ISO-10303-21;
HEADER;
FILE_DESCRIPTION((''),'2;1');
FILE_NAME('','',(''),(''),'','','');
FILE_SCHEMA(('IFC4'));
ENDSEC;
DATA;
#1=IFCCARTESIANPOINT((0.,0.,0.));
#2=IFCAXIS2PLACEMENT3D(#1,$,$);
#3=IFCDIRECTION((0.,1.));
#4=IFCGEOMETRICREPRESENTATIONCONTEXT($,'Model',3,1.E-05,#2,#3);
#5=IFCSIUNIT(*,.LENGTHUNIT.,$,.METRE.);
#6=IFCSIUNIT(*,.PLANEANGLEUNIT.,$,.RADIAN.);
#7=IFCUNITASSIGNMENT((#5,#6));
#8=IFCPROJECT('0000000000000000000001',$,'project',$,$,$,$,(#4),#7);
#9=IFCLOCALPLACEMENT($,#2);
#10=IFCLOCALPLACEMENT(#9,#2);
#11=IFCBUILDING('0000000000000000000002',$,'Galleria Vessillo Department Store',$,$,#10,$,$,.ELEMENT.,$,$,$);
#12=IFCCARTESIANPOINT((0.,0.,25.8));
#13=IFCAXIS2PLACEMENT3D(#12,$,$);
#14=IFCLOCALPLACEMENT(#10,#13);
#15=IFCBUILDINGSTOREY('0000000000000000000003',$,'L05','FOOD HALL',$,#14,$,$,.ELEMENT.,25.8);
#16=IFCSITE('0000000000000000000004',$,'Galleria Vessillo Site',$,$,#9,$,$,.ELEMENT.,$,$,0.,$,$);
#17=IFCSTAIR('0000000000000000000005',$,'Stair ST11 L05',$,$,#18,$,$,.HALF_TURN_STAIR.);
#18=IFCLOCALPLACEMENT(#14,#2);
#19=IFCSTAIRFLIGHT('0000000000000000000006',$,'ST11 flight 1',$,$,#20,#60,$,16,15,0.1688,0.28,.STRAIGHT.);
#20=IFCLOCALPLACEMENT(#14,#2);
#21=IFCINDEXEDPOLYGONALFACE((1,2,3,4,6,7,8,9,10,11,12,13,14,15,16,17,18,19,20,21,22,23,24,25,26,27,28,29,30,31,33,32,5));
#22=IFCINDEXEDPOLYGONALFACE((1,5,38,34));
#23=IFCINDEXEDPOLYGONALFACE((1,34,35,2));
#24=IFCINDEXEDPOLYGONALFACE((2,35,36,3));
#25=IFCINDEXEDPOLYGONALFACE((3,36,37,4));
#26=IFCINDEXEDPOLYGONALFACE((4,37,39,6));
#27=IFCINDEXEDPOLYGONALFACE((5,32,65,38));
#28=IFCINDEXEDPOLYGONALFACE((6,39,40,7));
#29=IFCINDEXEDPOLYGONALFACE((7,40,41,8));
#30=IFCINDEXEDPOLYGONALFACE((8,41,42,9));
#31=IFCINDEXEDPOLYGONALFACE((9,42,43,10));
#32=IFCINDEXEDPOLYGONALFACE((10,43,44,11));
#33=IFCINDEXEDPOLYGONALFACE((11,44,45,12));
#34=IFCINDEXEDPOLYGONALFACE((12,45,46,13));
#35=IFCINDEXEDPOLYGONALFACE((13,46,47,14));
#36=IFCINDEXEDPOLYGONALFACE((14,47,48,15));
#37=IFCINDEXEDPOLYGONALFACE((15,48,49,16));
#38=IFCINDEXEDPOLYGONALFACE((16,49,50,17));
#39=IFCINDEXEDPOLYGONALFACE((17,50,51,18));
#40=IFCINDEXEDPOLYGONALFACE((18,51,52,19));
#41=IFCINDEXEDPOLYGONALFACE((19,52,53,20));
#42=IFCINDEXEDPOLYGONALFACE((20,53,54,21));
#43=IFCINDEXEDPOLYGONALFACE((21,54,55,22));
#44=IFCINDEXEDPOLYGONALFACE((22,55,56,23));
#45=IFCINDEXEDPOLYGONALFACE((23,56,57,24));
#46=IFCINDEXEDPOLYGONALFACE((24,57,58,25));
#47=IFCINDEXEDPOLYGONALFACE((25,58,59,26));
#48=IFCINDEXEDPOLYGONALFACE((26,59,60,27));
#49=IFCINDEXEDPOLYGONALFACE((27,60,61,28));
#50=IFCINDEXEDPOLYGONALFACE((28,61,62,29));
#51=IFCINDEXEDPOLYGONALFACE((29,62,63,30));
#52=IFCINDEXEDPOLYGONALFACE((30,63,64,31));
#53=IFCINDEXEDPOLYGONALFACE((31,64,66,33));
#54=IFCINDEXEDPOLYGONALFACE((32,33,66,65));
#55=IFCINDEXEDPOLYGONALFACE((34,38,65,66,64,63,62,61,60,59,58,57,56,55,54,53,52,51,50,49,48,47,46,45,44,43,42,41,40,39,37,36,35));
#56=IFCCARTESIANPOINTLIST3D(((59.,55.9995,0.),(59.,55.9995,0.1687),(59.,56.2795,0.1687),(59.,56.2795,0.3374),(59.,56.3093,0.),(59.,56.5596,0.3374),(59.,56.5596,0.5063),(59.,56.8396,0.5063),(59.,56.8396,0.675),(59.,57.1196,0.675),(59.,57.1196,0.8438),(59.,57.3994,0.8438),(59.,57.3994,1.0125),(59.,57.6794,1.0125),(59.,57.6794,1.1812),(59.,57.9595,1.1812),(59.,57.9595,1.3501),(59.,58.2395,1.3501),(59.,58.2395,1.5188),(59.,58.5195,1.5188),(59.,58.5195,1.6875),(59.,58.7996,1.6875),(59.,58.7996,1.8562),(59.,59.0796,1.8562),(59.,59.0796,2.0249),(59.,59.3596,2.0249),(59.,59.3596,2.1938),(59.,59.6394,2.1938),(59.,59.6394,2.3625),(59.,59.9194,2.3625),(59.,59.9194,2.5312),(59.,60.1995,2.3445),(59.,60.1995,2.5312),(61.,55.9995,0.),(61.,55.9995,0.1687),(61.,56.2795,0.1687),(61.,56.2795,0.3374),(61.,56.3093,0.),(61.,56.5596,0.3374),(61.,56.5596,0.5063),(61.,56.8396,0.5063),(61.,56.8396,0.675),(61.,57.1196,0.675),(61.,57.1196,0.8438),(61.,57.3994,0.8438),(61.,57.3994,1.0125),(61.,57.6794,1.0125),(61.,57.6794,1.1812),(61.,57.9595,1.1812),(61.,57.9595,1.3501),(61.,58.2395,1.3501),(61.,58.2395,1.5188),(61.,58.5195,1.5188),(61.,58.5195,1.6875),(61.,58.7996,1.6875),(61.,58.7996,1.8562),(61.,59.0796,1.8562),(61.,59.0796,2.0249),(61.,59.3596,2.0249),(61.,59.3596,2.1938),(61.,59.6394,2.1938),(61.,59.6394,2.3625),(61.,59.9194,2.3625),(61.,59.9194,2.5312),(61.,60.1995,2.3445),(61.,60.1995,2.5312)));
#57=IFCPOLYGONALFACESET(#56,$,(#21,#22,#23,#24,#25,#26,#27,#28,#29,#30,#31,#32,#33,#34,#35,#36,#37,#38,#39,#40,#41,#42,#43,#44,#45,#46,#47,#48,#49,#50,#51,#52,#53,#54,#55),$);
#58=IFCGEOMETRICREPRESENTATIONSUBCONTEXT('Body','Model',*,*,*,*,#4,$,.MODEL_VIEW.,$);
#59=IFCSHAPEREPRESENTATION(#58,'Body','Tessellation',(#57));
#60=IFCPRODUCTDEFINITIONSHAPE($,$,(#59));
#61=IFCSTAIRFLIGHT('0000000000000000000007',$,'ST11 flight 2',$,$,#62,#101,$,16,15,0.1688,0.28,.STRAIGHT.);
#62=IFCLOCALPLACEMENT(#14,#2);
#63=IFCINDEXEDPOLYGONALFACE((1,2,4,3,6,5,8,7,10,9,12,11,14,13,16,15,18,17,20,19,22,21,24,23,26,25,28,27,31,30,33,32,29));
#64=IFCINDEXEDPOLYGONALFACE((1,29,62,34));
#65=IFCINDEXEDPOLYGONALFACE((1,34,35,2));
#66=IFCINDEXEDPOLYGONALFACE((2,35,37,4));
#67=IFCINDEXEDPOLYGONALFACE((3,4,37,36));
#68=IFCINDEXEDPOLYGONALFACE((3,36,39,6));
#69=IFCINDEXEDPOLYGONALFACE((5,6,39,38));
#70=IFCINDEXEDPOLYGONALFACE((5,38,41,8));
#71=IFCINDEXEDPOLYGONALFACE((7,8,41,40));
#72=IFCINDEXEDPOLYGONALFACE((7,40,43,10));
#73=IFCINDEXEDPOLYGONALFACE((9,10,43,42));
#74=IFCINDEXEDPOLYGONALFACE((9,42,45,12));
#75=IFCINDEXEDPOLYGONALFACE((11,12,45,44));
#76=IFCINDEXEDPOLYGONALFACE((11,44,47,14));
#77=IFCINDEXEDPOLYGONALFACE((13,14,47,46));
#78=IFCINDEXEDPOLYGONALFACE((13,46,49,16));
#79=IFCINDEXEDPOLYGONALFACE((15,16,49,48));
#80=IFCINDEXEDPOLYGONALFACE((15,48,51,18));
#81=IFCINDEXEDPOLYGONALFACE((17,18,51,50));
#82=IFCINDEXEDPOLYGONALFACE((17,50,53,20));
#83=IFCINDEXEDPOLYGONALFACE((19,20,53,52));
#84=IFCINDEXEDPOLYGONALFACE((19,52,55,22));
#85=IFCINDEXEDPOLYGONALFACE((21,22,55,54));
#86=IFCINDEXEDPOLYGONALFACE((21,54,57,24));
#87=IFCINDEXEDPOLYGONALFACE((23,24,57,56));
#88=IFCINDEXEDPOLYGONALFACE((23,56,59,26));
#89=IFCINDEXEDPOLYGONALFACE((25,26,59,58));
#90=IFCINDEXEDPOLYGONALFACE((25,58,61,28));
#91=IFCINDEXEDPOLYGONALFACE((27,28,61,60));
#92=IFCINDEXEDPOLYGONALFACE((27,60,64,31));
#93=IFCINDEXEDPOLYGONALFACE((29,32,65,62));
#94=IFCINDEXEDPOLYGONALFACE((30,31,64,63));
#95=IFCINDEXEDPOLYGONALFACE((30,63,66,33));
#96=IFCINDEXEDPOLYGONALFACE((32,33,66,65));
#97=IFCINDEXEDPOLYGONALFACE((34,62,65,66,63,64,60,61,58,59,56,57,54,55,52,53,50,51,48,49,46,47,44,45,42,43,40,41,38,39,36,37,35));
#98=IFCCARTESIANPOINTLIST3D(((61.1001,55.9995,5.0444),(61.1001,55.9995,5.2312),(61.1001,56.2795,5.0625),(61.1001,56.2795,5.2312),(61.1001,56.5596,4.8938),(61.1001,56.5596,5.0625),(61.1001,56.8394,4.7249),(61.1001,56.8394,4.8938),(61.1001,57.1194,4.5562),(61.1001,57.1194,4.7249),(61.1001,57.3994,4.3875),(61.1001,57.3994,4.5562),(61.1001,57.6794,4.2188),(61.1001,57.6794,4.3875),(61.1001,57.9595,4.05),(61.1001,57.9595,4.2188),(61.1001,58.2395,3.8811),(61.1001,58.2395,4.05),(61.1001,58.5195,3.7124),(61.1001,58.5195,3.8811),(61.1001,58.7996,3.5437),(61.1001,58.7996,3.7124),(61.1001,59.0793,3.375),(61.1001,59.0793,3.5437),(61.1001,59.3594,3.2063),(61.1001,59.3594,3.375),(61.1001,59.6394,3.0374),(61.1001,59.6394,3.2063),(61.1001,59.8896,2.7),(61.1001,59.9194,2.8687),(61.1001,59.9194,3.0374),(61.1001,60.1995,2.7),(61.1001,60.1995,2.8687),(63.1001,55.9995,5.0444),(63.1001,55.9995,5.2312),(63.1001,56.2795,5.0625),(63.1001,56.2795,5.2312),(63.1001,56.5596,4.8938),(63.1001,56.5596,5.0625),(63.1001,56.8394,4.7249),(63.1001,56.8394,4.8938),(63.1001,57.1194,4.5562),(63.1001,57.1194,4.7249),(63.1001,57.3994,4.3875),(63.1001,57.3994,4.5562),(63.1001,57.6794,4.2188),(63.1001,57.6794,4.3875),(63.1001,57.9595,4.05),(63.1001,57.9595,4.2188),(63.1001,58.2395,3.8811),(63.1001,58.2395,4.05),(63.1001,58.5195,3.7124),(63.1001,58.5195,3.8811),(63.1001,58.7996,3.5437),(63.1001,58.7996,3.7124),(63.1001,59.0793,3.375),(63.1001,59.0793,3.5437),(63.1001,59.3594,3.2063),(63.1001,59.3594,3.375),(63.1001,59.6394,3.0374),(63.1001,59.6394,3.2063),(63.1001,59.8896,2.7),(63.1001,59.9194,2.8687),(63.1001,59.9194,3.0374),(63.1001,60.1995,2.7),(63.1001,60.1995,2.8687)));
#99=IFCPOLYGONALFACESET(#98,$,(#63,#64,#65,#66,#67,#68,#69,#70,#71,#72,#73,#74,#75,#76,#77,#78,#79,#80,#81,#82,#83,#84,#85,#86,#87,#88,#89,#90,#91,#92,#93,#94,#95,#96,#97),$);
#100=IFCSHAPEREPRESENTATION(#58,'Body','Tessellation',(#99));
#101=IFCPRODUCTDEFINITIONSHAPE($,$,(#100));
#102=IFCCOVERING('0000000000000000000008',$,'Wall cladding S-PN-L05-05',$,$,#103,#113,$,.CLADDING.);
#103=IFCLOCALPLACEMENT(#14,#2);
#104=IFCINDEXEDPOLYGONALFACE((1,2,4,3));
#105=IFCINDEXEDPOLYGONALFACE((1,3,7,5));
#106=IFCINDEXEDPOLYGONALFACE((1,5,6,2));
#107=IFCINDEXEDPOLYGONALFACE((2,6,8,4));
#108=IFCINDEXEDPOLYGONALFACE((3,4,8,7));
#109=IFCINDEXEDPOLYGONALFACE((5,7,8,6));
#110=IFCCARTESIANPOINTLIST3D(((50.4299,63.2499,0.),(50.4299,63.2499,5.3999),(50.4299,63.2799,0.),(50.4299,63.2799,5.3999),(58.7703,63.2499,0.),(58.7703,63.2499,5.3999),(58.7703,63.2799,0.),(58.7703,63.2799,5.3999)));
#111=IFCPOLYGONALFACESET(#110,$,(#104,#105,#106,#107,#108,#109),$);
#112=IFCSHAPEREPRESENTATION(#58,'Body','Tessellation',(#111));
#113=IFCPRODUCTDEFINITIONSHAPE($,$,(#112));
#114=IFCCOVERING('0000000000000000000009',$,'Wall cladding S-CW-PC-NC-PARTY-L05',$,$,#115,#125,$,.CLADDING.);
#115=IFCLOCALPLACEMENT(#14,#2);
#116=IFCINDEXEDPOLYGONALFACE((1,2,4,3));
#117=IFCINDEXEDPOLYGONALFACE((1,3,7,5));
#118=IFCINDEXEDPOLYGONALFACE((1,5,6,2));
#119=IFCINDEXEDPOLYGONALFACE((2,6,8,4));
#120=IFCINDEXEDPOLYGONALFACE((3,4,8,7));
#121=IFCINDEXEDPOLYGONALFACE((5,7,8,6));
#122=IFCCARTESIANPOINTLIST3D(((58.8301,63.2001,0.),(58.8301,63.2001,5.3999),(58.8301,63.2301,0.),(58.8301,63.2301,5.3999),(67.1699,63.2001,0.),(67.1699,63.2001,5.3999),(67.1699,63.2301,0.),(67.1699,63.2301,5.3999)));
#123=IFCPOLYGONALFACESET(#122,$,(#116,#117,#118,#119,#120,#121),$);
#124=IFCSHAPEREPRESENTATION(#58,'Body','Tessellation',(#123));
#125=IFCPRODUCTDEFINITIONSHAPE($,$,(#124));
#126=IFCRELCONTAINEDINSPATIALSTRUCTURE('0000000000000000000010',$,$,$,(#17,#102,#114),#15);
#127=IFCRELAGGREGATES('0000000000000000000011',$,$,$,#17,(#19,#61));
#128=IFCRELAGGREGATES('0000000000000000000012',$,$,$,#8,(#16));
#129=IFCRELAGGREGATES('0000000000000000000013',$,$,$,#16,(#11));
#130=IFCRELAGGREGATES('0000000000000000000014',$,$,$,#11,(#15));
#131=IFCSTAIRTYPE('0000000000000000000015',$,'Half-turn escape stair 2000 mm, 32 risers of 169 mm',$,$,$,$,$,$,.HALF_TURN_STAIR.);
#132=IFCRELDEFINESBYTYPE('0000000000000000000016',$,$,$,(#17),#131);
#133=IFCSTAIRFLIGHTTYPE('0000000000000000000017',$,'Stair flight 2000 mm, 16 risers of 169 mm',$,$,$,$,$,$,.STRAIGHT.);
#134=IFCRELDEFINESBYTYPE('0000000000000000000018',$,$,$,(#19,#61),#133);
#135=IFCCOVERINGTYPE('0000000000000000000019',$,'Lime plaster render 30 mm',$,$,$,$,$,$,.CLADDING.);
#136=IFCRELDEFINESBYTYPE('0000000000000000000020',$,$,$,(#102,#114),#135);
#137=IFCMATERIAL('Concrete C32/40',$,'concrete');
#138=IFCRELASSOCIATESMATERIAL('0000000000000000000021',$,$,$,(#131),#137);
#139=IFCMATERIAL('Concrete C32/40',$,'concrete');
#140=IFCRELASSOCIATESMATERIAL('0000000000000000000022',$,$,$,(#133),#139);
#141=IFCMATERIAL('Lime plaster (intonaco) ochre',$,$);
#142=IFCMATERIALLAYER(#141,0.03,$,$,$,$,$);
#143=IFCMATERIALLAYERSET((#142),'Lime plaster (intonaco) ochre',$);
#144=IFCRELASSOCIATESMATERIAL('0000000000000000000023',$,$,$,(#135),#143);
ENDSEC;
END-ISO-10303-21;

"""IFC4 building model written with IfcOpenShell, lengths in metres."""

from ifc_helpers import new_model, si_unit, direction, frame, origin, origin_2d, place, context, subcontext, project, spatial, polyline, rectangle, outline, extrude, material, layer, layer_set, type_object, element, aggregate, save


model = new_model("IFC4")

# Units and contexts
model_context = context("Model", 3, precision=1e-05, world=origin(), true_north=direction((0.0, 1.0)))
body_context = subcontext(model_context, "Body", "Model", "MODEL_VIEW")
ifc_project = project(units=[si_unit("LENGTHUNIT", "METRE"), si_unit("PLANEANGLEUNIT", "RADIAN")], contexts=[model_context])

# Site, building, storey
site_placement = place(None, origin())
site = spatial("IfcSite", under=ifc_project, at=site_placement, Name="Galleria Vessillo Site", CompositionType="ELEMENT", RefElevation=0.0)
building_placement = place(site_placement, origin())
building = spatial("IfcBuilding", under=site, at=building_placement, Name="Galleria Vessillo Department Store", CompositionType="ELEMENT")
storey_placement = place(building_placement, frame((0.0, 0.0, 25.8)))
storey = spatial("IfcBuildingStorey", under=building, at=storey_placement, Name="L05", Description="FOOD HALL", CompositionType="ELEMENT", Elevation=25.8)

# Stair, stair flights
ifc_material_1 = material(Name="Concrete C32/40", Category="concrete")
stair_type = type_object("IfcStairType", Name="Half-turn escape stair 2000 mm, 32 risers of 169 mm", PredefinedType="HALF_TURN_STAIR", material=ifc_material_1)
stair_placement = place(storey_placement, origin())
stair = element("IfcStair", 1, at=stair_placement, inside=storey, type_object=stair_type, Name="Stair ST11 L05", PredefinedType="HALF_TURN_STAIR")
ifc_material_2 = material(Name="Concrete C32/40", Category="concrete")
stair_flight_type = type_object("IfcStairFlightType", Name="Stair flight 2000 mm, 16 risers of 169 mm", PredefinedType="STRAIGHT", material=ifc_material_2)
stair_flight_1_placement = place(storey_placement, frame((60.0, 55.9995, 0.0), z_axis=(0.0, 0.0, 1.0), x_axis=(0.0, 1.0, 0.0)))
stair_flight_1 = element("IfcStairFlight", 2, at=stair_flight_1_placement, type_object=stair_flight_type, Name="ST11 flight 1", NumberOfRisers=16, NumberOfTreads=15, PredefinedType="STRAIGHT", RiserHeight=0.1688, TreadLength=0.28, context=body_context, shape_type="SweptSolid", body=[
    extrude(outline(polyline([(0.0, 0.0), (0.0, 0.1687), (0.28, 0.1687), (0.28, 0.3374), (0.5601, 0.3374), (0.5601, 0.5063), (0.8401, 0.5063), (0.8401, 0.675), (1.1201, 0.675), (1.1201, 0.8438), (1.3999, 0.8438), (1.3999, 1.0125), (1.6799, 1.0125), (1.6799, 1.1812), (1.96, 1.1812), (1.96, 1.3501), (2.24, 1.3501), (2.24, 1.5188), (2.52, 1.5188), (2.52, 1.6875), (2.8, 1.6875), (2.8, 1.8562), (3.0801, 1.8562), (3.0801, 2.0249), (3.3601, 2.0249), (3.3601, 2.1938), (3.6399, 2.1938), (3.6399, 2.3625), (3.9199, 2.3625), (3.9199, 2.5312), (4.2, 2.5312), (4.2, 2.7), (4.2, 2.3445), (0.3098, 0.0), (0.0, 0.0)])), frame((0.0, 1.0, 0.0), z_axis=(0.0, -1.0, 0.0), x_axis=(1.0, 0.0, 0.0)), (0.0, 0.0, 1.0), 2.0),
])
stair_flight_2_placement = place(storey_placement, frame((62.1001, 60.1995, 2.7), z_axis=(0.0, 0.0, 1.0), x_axis=(0.0, -1.0, 0.0)))
stair_flight_2 = element("IfcStairFlight", 3, at=stair_flight_2_placement, type_object=stair_flight_type, Name="ST11 flight 2", NumberOfRisers=16, NumberOfTreads=15, PredefinedType="STRAIGHT", RiserHeight=0.1688, TreadLength=0.28, context=body_context, shape_type="SweptSolid", body=[
    extrude(outline(polyline([(0.0, 0.0), (0.0, 0.1687), (0.28, 0.1687), (0.28, 0.3374), (0.5601, 0.3374), (0.5601, 0.5063), (0.8401, 0.5063), (0.8401, 0.675), (1.1201, 0.675), (1.1201, 0.8438), (1.3999, 0.8438), (1.3999, 1.0125), (1.6799, 1.0125), (1.6799, 1.1812), (1.96, 1.1812), (1.96, 1.3501), (2.24, 1.3501), (2.24, 1.5188), (2.52, 1.5188), (2.52, 1.6875), (2.8, 1.6875), (2.8, 1.8562), (3.0801, 1.8562), (3.0801, 2.0249), (3.3601, 2.0249), (3.3601, 2.1938), (3.6399, 2.1938), (3.6399, 2.3625), (3.9199, 2.3625), (3.9199, 2.5312), (4.2, 2.5312), (4.2, 2.7), (4.2, 2.3445), (0.3098, 0.0), (0.0, 0.0)])), frame((0.0, 1.0, 0.0), z_axis=(0.0, -1.0, 0.0), x_axis=(1.0, 0.0, 0.0)), (0.0, 0.0, 1.0), 2.0),
])
aggregate(stair, [stair_flight_1, stair_flight_2])

# Coverings
ifc_material_3 = material(Name="Lime plaster (intonaco) ochre")
ifc_layer_1 = layer(ifc_material_3, 0.03)
ifc_layer_set_1 = layer_set([ifc_layer_1], Name="Lime plaster (intonaco) ochre")
covering_type = type_object("IfcCoveringType", Name="Lime plaster render 30 mm", PredefinedType="CLADDING", material=ifc_layer_set_1)
covering_1_placement = place(storey_placement, frame((54.6001, 63.2649, 0.0), z_axis=(0.0, 0.0, 1.0), x_axis=(1.0, 0.0, 0.0)))
element("IfcCovering", 4, at=covering_1_placement, inside=storey, type_object=covering_type, Name="Wall cladding S-PN-L05-05", PredefinedType="CLADDING", context=body_context, shape_type="SweptSolid", body=[
    extrude(rectangle(XDim=8.3403, YDim=0.03, at=origin_2d()), origin(), (0.0, 0.0, 1.0), 5.3999),
])
covering_2_placement = place(storey_placement, frame((63.0, 63.2151, 0.0), z_axis=(0.0, 0.0, 1.0), x_axis=(1.0, 0.0, 0.0)))
element("IfcCovering", 5, at=covering_2_placement, inside=storey, type_object=covering_type, Name="Wall cladding S-CW-PC-NC-PARTY-L05", PredefinedType="CLADDING", context=body_context, shape_type="SweptSolid", body=[
    extrude(rectangle(XDim=8.3398, YDim=0.03, at=origin_2d()), origin(), (0.0, 0.0, 1.0), 5.3999),
])

save(model, "model.ifc")
